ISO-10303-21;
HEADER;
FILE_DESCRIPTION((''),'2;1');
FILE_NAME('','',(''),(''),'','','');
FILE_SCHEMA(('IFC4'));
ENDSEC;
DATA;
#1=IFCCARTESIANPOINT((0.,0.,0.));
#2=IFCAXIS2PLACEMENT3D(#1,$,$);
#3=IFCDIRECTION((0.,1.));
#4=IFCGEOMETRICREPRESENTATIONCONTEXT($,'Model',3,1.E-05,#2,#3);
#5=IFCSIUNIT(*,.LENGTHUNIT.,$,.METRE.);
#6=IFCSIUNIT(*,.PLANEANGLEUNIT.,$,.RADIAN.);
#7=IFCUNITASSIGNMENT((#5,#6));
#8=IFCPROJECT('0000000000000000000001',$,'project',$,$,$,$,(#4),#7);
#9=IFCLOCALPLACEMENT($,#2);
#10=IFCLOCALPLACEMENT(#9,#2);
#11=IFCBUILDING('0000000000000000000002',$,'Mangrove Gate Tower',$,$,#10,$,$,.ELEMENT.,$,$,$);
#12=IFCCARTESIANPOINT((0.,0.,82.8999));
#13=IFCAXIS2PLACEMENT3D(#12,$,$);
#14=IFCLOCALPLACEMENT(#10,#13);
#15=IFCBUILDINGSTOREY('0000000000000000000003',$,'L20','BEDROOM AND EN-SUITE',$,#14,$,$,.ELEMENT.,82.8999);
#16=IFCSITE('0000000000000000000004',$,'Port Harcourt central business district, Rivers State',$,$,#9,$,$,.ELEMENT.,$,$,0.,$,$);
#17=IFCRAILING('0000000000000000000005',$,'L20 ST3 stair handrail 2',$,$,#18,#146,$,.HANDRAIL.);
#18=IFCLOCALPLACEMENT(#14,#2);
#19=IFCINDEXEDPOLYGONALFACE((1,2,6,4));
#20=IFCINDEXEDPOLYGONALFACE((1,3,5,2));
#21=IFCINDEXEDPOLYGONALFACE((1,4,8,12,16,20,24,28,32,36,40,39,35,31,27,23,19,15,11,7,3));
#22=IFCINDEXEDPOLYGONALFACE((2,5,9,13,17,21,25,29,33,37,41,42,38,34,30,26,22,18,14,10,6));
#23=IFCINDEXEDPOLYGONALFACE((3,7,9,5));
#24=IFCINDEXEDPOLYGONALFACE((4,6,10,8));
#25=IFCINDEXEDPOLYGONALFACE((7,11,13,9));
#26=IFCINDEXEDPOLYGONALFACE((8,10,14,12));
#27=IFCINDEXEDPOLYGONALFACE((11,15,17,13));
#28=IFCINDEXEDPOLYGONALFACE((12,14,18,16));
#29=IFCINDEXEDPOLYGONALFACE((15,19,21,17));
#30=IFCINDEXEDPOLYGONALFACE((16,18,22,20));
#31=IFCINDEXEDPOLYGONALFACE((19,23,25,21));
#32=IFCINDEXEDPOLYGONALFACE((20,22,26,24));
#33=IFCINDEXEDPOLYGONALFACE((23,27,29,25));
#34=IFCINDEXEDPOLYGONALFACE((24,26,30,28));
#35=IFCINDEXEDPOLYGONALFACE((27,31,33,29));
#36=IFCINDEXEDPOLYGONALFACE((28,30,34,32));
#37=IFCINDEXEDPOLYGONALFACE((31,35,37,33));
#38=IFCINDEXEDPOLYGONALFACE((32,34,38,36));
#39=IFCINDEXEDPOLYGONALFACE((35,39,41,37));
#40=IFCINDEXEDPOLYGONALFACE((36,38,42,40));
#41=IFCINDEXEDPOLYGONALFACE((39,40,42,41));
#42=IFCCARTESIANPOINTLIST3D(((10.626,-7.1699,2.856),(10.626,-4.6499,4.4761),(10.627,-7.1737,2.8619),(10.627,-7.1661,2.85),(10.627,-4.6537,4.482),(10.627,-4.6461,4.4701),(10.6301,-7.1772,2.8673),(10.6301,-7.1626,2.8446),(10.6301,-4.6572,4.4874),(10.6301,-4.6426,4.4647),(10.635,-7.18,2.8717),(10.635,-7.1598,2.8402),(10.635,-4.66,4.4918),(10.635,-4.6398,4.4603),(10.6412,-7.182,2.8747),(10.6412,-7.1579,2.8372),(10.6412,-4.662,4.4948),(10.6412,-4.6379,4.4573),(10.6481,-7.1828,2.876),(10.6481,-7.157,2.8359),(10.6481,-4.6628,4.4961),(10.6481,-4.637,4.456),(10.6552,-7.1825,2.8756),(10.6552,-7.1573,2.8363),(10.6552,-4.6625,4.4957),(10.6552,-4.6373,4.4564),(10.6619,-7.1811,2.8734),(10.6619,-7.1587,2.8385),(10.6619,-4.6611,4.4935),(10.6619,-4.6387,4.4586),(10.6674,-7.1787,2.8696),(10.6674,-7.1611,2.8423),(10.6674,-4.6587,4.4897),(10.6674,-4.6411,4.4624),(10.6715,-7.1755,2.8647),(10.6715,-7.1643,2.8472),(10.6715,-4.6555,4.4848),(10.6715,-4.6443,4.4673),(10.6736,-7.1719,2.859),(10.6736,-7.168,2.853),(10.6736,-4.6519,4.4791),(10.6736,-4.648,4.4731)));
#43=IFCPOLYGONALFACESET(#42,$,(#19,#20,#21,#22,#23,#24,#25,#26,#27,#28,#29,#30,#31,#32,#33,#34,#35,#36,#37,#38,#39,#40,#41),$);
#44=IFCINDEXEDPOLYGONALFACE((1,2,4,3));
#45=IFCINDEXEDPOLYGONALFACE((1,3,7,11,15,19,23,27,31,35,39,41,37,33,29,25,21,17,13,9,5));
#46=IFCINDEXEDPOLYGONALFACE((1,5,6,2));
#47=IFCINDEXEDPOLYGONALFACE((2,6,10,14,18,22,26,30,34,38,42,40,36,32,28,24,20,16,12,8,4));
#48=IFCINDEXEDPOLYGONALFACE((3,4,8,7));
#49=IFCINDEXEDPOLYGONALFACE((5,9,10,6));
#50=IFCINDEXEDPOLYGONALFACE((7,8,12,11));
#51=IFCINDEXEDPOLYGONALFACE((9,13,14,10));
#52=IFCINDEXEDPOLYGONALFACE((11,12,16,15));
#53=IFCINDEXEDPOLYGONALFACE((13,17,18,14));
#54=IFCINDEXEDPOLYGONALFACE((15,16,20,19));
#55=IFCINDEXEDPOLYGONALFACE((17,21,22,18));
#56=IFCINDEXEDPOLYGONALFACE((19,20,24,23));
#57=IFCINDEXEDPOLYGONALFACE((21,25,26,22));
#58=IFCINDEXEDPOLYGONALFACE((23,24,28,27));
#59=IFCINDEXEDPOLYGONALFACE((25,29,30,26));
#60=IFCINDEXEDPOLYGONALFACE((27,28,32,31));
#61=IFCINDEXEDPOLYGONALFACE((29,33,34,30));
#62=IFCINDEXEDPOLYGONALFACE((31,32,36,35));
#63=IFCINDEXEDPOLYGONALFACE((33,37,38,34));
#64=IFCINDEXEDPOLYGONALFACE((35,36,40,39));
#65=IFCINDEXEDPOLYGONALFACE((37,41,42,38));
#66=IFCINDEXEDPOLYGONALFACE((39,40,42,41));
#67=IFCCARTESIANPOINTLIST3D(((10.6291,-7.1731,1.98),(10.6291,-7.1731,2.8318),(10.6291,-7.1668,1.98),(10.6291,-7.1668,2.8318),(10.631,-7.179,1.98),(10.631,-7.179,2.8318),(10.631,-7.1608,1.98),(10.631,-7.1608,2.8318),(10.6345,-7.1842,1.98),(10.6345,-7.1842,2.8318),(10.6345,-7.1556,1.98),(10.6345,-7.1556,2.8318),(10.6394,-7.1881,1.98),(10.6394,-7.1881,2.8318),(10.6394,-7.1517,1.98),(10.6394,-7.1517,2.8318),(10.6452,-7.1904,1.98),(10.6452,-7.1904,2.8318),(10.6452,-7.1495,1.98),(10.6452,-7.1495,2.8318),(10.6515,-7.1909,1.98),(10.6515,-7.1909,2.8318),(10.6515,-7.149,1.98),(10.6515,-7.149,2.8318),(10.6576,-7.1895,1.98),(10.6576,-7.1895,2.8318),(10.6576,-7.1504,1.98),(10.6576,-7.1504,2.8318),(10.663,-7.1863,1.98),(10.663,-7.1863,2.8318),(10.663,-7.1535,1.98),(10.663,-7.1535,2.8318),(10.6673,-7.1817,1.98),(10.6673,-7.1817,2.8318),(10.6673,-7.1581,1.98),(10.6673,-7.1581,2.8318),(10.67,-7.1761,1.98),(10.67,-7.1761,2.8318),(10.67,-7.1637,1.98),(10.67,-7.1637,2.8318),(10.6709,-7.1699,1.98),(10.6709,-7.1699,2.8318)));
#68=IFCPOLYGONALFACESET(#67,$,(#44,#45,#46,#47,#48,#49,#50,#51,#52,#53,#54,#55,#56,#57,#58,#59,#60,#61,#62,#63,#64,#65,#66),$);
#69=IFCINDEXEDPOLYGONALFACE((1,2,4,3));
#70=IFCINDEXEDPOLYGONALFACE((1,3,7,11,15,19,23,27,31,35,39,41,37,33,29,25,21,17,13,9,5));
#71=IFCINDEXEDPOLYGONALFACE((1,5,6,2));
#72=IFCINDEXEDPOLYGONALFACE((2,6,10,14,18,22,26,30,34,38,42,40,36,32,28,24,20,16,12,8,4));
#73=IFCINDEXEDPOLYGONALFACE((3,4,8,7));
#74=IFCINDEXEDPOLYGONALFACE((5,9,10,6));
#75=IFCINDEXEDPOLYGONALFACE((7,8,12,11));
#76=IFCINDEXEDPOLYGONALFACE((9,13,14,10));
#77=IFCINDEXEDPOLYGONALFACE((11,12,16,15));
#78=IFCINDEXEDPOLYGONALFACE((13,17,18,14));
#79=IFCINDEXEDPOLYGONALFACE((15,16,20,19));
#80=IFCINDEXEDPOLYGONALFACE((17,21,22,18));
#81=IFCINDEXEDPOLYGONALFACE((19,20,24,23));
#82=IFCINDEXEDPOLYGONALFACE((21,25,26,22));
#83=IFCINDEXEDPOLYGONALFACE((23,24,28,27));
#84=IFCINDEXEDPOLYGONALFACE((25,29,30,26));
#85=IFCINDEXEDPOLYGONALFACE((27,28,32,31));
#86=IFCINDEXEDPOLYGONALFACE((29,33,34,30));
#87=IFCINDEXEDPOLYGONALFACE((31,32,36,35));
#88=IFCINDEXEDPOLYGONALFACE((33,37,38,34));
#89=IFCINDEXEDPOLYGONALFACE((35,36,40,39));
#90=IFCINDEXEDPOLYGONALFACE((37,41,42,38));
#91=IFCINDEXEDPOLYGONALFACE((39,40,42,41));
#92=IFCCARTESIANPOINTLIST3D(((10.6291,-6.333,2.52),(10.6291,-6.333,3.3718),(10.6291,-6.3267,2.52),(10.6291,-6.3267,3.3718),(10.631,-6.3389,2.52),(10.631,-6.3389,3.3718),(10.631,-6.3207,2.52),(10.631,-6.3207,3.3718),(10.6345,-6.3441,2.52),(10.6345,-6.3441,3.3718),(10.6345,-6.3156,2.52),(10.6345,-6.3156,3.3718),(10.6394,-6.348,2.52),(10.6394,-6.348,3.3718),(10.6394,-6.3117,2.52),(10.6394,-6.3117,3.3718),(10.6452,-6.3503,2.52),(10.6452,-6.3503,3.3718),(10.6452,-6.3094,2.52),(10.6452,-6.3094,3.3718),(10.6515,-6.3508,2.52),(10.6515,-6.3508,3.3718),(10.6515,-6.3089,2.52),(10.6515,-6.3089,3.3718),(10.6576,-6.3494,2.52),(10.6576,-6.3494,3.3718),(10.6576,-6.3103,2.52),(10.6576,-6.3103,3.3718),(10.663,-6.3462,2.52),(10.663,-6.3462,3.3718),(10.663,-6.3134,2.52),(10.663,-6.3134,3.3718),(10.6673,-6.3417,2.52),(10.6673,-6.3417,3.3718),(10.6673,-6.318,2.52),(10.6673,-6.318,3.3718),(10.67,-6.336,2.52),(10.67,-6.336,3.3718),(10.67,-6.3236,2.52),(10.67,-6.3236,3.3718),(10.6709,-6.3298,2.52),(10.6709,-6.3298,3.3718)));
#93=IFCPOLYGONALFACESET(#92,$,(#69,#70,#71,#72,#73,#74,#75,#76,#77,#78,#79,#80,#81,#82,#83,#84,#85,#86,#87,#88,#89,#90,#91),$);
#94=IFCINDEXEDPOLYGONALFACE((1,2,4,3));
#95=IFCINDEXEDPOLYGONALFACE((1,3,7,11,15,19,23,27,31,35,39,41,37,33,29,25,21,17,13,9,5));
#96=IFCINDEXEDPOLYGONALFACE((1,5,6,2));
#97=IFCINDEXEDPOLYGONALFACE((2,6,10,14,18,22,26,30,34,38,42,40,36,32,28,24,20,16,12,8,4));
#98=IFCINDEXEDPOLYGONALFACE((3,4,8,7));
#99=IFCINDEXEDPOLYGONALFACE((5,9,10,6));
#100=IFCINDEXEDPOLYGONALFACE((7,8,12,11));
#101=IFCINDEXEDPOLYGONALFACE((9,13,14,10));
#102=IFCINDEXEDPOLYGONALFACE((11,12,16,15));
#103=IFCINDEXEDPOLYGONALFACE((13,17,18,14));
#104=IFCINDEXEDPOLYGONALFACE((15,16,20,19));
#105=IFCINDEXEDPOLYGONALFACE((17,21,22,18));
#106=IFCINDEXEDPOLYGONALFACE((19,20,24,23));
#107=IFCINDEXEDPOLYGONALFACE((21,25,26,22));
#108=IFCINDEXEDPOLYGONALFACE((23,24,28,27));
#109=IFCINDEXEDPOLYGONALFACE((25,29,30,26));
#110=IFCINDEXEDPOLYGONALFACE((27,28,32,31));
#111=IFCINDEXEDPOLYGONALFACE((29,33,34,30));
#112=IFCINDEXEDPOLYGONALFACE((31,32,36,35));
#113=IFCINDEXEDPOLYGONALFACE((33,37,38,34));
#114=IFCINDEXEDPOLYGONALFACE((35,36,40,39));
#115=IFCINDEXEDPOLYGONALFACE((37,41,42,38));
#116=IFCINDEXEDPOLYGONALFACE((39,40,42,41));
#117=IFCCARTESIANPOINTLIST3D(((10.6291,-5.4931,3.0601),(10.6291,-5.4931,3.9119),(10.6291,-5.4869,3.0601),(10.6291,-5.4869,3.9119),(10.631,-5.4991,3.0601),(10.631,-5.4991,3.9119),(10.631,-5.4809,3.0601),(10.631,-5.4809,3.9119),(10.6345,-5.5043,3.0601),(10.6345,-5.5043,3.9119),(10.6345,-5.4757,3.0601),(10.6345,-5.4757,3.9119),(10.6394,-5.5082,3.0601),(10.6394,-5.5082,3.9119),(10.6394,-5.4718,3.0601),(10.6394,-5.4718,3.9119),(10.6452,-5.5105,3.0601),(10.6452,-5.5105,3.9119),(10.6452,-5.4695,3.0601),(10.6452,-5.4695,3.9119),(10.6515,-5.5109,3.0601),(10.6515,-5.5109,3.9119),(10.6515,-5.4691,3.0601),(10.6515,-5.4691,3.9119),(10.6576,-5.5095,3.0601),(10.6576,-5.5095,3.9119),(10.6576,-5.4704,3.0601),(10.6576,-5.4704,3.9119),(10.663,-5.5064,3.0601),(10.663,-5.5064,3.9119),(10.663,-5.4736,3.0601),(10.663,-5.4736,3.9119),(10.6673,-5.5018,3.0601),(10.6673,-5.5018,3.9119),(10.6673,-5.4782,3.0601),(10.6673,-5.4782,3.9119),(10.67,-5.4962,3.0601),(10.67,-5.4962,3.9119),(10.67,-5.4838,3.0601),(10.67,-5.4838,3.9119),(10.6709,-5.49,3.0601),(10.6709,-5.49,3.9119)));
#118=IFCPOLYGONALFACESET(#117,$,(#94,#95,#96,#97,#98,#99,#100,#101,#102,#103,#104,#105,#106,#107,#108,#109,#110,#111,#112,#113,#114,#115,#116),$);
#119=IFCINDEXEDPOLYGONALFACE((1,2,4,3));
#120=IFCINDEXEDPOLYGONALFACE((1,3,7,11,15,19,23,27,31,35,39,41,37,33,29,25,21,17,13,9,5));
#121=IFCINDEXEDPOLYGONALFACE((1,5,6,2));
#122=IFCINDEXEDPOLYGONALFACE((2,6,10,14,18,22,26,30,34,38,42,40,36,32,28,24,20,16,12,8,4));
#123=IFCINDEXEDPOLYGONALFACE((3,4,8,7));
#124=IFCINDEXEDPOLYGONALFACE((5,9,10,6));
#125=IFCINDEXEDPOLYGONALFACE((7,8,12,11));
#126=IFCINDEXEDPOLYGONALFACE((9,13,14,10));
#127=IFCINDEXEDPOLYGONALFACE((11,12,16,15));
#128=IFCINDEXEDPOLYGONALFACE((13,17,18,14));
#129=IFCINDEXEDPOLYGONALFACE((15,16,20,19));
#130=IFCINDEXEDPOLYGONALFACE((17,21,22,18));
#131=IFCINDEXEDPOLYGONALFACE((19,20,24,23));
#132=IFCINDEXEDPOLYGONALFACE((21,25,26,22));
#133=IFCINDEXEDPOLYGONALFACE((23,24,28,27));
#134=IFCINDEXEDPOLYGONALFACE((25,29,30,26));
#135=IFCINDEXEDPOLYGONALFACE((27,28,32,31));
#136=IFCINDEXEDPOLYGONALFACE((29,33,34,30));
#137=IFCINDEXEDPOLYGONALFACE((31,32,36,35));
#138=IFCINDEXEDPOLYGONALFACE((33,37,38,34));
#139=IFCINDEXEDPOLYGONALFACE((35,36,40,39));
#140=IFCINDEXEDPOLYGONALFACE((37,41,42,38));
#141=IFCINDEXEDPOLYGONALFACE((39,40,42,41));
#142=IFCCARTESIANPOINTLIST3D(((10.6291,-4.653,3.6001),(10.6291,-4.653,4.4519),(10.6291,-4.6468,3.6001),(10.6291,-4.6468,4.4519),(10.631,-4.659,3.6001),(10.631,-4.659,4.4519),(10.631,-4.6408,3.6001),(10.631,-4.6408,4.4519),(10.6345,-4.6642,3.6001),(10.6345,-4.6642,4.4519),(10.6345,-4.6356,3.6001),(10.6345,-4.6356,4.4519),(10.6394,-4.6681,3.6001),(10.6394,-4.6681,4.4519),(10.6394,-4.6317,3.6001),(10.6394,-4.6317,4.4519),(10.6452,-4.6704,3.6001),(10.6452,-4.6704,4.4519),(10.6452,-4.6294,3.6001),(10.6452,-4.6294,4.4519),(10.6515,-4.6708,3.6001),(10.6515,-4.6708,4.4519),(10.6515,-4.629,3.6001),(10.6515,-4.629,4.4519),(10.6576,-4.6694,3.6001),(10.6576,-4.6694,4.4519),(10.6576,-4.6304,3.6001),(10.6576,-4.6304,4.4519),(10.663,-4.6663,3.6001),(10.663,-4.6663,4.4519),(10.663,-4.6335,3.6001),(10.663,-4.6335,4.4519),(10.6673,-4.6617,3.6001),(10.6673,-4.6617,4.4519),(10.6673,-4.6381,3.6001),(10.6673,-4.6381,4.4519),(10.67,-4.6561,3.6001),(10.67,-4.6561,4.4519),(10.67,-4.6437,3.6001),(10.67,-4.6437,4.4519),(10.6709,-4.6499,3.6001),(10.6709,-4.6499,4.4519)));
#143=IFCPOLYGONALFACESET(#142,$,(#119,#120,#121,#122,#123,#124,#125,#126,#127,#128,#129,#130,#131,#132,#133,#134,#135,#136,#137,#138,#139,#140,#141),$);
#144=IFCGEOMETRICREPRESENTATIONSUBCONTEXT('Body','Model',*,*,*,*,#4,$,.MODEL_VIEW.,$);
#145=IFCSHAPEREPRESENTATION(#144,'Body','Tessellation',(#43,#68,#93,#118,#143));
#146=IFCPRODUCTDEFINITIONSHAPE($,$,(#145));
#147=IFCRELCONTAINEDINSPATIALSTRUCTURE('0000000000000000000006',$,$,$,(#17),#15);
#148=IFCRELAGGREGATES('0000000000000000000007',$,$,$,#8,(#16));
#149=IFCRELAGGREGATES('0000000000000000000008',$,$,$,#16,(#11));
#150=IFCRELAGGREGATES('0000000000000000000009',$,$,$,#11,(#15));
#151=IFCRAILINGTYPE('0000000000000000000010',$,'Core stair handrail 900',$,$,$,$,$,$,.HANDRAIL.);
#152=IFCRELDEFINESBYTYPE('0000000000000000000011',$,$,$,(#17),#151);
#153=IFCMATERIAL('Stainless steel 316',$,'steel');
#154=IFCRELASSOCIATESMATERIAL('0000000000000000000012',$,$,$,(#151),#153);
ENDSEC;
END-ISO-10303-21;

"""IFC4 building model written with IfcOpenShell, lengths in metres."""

from ifc_helpers import new_model, si_unit, direction, frame, origin, origin_2d, place, context, subcontext, project, spatial, circle, extrude, material, type_object, element, save


model = new_model("IFC4")

# Units and contexts
model_context = context("Model", 3, precision=1e-05, world=origin(), true_north=direction((0.0, 1.0)))
body_context = subcontext(model_context, "Body", "Model", "MODEL_VIEW")
ifc_project = project(units=[si_unit("LENGTHUNIT", "METRE"), si_unit("PLANEANGLEUNIT", "RADIAN")], contexts=[model_context])

# Site, building, storey
site_placement = place(None, origin())
site = spatial("IfcSite", under=ifc_project, at=site_placement, Name="Port Harcourt central business district, Rivers State", CompositionType="ELEMENT", RefElevation=0.0)
building_placement = place(site_placement, origin())
building = spatial("IfcBuilding", under=site, at=building_placement, Name="Mangrove Gate Tower", CompositionType="ELEMENT")
storey_placement = place(building_placement, frame((0.0, 0.0, 82.8999)))
storey = spatial("IfcBuildingStorey", under=building, at=storey_placement, Name="L20", Description="BEDROOM AND EN-SUITE", CompositionType="ELEMENT", Elevation=82.8999)

# Railing
ifc_material_1 = material(Name="Stainless steel 316", Category="steel")
railing_type_1 = type_object("IfcRailingType", Name="Core stair handrail 900", PredefinedType="HANDRAIL", material=ifc_material_1)
railing_1_placement = place(storey_placement, frame((10.6499, -7.1699, 1.98)))
element("IfcRailing", 1, at=railing_1_placement, inside=storey, type_object=railing_type_1, Name="L20 ST3 stair handrail 2", PredefinedType="HANDRAIL", context=body_context, shape_type="SweptSolid", body=[
    extrude(circle(Radius=0.0239, at=origin_2d()), frame((0.0, 0.0, 0.876), z_axis=(0.0, 0.841163, 0.540782), x_axis=(-1.0, 0.0, 0.0)), (0.0, 0.0, 1.0), 2.9958),
    extrude(circle(Radius=0.021, at=origin_2d()), origin(), (0.0, 0.0, 1.0), 0.8518),
    extrude(circle(Radius=0.021, at=origin_2d()), frame((0.0, 0.8401, 0.54)), (0.0, 0.0, 1.0), 0.8518),
    extrude(circle(Radius=0.021, at=origin_2d()), frame((0.0, 1.6799, 1.0801)), (0.0, 0.0, 1.0), 0.8518),
    extrude(circle(Radius=0.021, at=origin_2d()), frame((0.0, 2.52, 1.6201)), (0.0, 0.0, 1.0), 0.8518),
])

save(model, "model.ifc")
